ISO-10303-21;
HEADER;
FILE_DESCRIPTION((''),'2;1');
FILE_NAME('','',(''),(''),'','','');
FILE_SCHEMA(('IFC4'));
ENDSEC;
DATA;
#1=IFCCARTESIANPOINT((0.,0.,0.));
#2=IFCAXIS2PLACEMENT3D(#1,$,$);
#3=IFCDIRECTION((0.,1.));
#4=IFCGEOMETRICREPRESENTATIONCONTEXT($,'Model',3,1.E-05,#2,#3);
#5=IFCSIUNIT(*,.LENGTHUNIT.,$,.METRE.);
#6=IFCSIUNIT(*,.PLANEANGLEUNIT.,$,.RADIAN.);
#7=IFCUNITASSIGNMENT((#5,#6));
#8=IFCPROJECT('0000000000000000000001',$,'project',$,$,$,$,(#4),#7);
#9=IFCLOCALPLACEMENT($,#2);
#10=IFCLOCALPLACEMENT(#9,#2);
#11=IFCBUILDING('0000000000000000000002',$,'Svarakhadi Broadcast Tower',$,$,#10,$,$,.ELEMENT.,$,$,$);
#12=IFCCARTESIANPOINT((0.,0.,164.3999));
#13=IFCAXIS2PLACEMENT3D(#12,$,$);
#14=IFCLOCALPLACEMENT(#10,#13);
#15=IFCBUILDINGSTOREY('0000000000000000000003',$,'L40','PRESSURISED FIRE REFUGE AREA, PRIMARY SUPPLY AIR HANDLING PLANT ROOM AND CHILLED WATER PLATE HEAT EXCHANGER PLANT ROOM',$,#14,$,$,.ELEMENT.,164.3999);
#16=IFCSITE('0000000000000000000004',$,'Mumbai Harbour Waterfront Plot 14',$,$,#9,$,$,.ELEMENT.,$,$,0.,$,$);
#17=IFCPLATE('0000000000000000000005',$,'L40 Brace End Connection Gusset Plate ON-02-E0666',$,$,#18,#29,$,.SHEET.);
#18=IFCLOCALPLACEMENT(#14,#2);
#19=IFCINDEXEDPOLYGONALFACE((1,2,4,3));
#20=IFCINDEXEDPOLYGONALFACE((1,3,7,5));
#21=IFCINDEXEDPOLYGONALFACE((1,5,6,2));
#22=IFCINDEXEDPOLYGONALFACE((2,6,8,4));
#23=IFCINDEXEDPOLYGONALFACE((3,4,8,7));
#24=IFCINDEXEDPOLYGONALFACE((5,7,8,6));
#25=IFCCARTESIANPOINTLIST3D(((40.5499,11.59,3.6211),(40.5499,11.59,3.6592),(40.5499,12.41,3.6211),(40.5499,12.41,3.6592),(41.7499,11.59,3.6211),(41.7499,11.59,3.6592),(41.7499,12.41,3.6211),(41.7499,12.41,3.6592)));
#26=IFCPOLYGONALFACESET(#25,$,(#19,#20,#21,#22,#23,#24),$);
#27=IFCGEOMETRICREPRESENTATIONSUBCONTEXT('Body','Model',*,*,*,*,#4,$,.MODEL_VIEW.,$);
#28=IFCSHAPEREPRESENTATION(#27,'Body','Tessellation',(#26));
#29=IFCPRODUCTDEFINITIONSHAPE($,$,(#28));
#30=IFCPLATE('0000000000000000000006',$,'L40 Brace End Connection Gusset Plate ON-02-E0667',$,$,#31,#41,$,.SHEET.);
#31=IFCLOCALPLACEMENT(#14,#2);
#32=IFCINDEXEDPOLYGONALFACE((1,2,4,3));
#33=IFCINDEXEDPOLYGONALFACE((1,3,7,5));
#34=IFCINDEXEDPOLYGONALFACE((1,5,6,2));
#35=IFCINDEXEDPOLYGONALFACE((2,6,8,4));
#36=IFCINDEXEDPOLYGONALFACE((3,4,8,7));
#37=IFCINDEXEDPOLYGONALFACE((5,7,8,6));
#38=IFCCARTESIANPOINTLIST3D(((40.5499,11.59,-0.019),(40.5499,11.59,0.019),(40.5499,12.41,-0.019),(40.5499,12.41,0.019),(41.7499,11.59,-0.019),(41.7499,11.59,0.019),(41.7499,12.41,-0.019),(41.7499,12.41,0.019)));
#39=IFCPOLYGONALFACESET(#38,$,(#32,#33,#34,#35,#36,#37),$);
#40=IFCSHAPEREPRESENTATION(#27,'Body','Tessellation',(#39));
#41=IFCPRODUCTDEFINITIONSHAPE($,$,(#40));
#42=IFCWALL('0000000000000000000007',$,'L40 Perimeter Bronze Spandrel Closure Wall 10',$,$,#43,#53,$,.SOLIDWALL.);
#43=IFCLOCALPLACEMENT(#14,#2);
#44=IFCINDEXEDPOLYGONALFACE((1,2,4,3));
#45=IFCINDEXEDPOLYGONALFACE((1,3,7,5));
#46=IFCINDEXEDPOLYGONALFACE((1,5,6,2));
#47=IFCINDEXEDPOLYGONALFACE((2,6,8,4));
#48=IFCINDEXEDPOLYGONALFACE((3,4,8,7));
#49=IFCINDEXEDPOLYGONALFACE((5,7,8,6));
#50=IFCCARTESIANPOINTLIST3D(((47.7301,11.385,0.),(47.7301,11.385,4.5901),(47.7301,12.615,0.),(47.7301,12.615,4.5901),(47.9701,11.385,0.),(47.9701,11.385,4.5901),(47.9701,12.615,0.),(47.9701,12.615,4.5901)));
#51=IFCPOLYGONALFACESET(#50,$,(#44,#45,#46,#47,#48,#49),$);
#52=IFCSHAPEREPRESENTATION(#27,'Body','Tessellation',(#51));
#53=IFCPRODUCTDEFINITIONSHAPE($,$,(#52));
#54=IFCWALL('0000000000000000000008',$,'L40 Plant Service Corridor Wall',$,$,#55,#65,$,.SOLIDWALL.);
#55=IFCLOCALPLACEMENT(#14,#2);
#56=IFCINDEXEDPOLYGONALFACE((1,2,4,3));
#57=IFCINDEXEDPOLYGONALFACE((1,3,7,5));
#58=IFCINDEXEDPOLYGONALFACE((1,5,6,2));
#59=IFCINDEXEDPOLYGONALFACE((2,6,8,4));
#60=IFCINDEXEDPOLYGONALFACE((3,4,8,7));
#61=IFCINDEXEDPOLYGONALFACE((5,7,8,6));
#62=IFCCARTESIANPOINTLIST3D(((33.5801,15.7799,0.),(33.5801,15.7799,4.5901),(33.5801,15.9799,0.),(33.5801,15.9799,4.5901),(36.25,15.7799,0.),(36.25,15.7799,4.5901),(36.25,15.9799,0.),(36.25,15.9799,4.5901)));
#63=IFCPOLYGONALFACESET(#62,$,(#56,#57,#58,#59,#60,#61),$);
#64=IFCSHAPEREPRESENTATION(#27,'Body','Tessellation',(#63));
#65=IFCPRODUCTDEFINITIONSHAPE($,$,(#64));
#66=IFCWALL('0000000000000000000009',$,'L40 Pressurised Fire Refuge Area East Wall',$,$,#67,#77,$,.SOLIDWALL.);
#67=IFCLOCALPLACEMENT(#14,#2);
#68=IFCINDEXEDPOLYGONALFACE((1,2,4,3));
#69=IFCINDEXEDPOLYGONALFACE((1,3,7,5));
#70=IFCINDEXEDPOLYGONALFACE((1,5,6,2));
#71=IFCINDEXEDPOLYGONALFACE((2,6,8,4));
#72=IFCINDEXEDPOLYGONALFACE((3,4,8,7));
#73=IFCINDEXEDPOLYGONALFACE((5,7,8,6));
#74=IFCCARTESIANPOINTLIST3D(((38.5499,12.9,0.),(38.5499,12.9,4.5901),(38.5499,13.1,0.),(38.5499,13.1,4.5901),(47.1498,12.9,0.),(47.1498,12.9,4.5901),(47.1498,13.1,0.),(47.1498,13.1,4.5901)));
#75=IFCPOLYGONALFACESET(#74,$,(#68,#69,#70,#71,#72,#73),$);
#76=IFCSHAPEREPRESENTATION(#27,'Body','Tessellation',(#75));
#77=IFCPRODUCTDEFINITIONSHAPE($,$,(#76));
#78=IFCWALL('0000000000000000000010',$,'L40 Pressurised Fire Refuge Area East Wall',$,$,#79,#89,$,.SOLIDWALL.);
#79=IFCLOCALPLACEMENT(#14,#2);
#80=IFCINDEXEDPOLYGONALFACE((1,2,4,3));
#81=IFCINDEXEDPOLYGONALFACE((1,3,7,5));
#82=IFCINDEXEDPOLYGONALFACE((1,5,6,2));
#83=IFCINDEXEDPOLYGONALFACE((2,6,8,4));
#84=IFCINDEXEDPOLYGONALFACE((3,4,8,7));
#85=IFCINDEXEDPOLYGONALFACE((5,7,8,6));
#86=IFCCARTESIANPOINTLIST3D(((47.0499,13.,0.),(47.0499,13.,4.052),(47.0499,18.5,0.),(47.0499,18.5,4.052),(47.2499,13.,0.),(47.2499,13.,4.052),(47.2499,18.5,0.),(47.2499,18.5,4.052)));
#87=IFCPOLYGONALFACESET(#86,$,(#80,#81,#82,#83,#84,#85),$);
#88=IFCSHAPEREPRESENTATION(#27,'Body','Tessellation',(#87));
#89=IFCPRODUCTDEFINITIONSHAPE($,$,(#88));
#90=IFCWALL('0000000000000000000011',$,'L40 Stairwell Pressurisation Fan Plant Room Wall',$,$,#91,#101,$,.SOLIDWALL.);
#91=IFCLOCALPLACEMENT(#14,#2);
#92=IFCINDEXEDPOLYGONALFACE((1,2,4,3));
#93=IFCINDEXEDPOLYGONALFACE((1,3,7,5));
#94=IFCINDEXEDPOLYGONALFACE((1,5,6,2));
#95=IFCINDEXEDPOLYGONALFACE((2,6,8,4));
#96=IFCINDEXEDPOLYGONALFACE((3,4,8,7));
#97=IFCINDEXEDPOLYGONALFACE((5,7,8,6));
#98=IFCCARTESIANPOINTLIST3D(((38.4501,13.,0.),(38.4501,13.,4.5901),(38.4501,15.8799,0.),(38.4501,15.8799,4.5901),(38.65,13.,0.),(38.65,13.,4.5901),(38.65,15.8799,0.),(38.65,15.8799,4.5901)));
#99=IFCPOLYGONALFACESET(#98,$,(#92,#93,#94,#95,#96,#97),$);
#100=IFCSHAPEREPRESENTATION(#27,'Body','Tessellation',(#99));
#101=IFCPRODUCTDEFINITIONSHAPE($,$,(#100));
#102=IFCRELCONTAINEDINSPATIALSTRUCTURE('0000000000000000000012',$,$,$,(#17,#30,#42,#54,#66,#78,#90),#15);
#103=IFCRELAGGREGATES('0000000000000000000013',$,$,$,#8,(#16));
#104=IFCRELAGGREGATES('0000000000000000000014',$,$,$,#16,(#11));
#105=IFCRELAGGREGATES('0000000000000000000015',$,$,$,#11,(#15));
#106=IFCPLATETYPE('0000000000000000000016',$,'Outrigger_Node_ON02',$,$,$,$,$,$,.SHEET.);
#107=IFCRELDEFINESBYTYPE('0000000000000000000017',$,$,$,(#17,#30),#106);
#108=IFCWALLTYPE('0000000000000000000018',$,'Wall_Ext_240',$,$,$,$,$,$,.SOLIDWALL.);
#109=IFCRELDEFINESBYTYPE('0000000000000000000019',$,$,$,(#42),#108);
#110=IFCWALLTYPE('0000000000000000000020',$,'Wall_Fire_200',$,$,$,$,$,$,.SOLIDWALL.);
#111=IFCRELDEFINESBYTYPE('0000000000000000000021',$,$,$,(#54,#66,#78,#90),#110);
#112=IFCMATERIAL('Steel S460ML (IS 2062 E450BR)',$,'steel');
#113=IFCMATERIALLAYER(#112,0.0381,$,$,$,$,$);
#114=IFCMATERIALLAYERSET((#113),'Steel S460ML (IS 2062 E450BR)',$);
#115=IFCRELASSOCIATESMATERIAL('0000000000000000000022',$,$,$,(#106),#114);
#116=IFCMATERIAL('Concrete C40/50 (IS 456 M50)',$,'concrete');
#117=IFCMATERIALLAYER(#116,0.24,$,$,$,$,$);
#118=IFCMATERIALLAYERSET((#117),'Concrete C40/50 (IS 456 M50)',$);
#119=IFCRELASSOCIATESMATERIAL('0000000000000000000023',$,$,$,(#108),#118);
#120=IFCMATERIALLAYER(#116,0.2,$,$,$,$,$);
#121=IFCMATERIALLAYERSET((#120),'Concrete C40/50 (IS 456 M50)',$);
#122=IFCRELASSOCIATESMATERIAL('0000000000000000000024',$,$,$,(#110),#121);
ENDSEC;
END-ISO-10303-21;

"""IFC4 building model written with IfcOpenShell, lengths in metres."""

from ifc_helpers import new_model, si_unit, direction, frame, frame_2d, origin, origin_2d, place, context, subcontext, project, spatial, rectangle, extrude, material, layer, layer_set, type_object, element, save


model = new_model("IFC4")

# Units and contexts
model_context = context("Model", 3, precision=1e-05, world=origin(), true_north=direction((0.0, 1.0)))
body_context = subcontext(model_context, "Body", "Model", "MODEL_VIEW")
ifc_project = project(units=[si_unit("LENGTHUNIT", "METRE"), si_unit("PLANEANGLEUNIT", "RADIAN")], contexts=[model_context])

# Site, building, storey
site_placement = place(None, origin())
site = spatial("IfcSite", under=ifc_project, at=site_placement, Name="Mumbai Harbour Waterfront Plot 14", CompositionType="ELEMENT", RefElevation=0.0)
building_placement = place(site_placement, origin())
building = spatial("IfcBuilding", under=site, at=building_placement, Name="Svarakhadi Broadcast Tower", CompositionType="ELEMENT")
storey_placement = place(building_placement, frame((0.0, 0.0, 164.3999)))
storey = spatial("IfcBuildingStorey", under=building, at=storey_placement, Name="L40", Description="PRESSURISED FIRE REFUGE AREA, PRIMARY SUPPLY AIR HANDLING PLANT ROOM AND CHILLED WATER PLATE HEAT EXCHANGER PLANT ROOM", CompositionType="ELEMENT", Elevation=164.3999)

# Shared definitions
ifc_material_1 = material(Name="Steel S460ML (IS 2062 E450BR)", Category="steel")

# Plates
ifc_layer_1 = layer(ifc_material_1, 0.0381)
ifc_layer_set_1 = layer_set([ifc_layer_1], Name="Steel S460ML (IS 2062 E450BR)")
plate_type_1 = type_object("IfcPlateType", Name="Outrigger_Node_ON02", PredefinedType="SHEET", material=ifc_layer_set_1)
for number, where, z_axis, x_axis, name in (
    (1, (41.1499, 12.0, 3.6211), (0.0, 0.0, 1.0), (1.0, 0.0, 0.0), "L40 Brace End Connection Gusset Plate ON-02-E0666"),
    (2, (41.1499, 12.0, -0.019), (0.0, 0.0, 1.0), (1.0, 0.0, 0.0), "L40 Brace End Connection Gusset Plate ON-02-E0667"),
):
    element("IfcPlate", number, at=place(storey_placement, frame(where, z_axis=z_axis, x_axis=x_axis)), inside=storey, type_object=plate_type_1, Name=name, PredefinedType="SHEET", context=body_context, shape_type="SweptSolid", body=[
        extrude(rectangle(XDim=1.2, YDim=0.8201, at=origin_2d()), origin(), (0.0, 0.0, 1.0), 0.0381),
    ])

# Wall
ifc_material_2 = material(Name="Concrete C40/50 (IS 456 M50)", Category="concrete")
ifc_layer_2 = layer(ifc_material_2, 0.24)
ifc_layer_set_2 = layer_set([ifc_layer_2], Name="Concrete C40/50 (IS 456 M50)")
wall_type_1 = type_object("IfcWallType", Name="Wall_Ext_240", PredefinedType="SOLIDWALL", material=ifc_layer_set_2)
wall_1_placement = place(storey_placement, frame((47.8501, 12.615, 0.0), z_axis=(0.0, 0.0, 1.0), x_axis=(0.0, -1.0, 0.0)))
element("IfcWall", 3, at=wall_1_placement, inside=storey, type_object=wall_type_1, Name="L40 Perimeter Bronze Spandrel Closure Wall 10", PredefinedType="SOLIDWALL", context=body_context, shape_type="SweptSolid", body=[
    extrude(rectangle(XDim=1.23, YDim=0.24, at=frame_2d((0.615, 0.0))), origin(), (0.0, 0.0, 1.0), 4.5901),
])

# Shared definitions
ifc_layer_3 = layer(ifc_material_2, 0.2)
ifc_layer_set_3 = layer_set([ifc_layer_3], Name="Concrete C40/50 (IS 456 M50)")
wall_type_2 = type_object("IfcWallType", Name="Wall_Fire_200", PredefinedType="SOLIDWALL", material=ifc_layer_set_3)

# Walls
wall_2_placement = place(storey_placement, frame((36.25, 15.8799, 0.0), z_axis=(0.0, 0.0, 1.0), x_axis=(-1.0, 0.0, 0.0)))
element("IfcWall", 4, at=wall_2_placement, inside=storey, type_object=wall_type_2, Name="L40 Plant Service Corridor Wall", PredefinedType="SOLIDWALL", context=body_context, shape_type="SweptSolid", body=[
    extrude(rectangle(XDim=2.6699, YDim=0.2, at=frame_2d((1.335, 0.0))), origin(), (0.0, 0.0, 1.0), 4.5901),
])
wall_3_placement = place(storey_placement, frame((38.55, 13.0, 0.0), z_axis=(0.0, 0.0, 1.0), x_axis=(1.0, 0.0, 0.0)))
element("IfcWall", 5, at=wall_3_placement, inside=storey, type_object=wall_type_2, Name="L40 Pressurised Fire Refuge Area East Wall", PredefinedType="SOLIDWALL", context=body_context, shape_type="SweptSolid", body=[
    extrude(rectangle(XDim=8.5999, YDim=0.2, at=frame_2d((4.2998, 0.0))), origin(), (0.0, 0.0, 1.0), 4.5901),
])
wall_4_placement = place(storey_placement, frame((47.1499, 13.0, 0.0), z_axis=(0.0, 0.0, 1.0), x_axis=(0.0, 1.0, 0.0)))
element("IfcWall", 6, at=wall_4_placement, inside=storey, type_object=wall_type_2, Name="L40 Pressurised Fire Refuge Area East Wall", PredefinedType="SOLIDWALL", context=body_context, shape_type="SweptSolid", body=[
    extrude(rectangle(XDim=5.5, YDim=0.2, at=frame_2d((2.75, 0.0))), origin(), (0.0, 0.0, 1.0), 4.052),
])
wall_5_placement = place(storey_placement, frame((38.55, 13.0, 0.0), z_axis=(0.0, 0.0, 1.0), x_axis=(0.0, 1.0, 0.0)))
element("IfcWall", 7, at=wall_5_placement, inside=storey, type_object=wall_type_2, Name="L40 Stairwell Pressurisation Fan Plant Room Wall", PredefinedType="SOLIDWALL", context=body_context, shape_type="SweptSolid", body=[
    extrude(rectangle(XDim=2.8799, YDim=0.2, at=frame_2d((1.4399, 0.0))), origin(), (0.0, 0.0, 1.0), 4.5901),
])

save(model, "model.ifc")
